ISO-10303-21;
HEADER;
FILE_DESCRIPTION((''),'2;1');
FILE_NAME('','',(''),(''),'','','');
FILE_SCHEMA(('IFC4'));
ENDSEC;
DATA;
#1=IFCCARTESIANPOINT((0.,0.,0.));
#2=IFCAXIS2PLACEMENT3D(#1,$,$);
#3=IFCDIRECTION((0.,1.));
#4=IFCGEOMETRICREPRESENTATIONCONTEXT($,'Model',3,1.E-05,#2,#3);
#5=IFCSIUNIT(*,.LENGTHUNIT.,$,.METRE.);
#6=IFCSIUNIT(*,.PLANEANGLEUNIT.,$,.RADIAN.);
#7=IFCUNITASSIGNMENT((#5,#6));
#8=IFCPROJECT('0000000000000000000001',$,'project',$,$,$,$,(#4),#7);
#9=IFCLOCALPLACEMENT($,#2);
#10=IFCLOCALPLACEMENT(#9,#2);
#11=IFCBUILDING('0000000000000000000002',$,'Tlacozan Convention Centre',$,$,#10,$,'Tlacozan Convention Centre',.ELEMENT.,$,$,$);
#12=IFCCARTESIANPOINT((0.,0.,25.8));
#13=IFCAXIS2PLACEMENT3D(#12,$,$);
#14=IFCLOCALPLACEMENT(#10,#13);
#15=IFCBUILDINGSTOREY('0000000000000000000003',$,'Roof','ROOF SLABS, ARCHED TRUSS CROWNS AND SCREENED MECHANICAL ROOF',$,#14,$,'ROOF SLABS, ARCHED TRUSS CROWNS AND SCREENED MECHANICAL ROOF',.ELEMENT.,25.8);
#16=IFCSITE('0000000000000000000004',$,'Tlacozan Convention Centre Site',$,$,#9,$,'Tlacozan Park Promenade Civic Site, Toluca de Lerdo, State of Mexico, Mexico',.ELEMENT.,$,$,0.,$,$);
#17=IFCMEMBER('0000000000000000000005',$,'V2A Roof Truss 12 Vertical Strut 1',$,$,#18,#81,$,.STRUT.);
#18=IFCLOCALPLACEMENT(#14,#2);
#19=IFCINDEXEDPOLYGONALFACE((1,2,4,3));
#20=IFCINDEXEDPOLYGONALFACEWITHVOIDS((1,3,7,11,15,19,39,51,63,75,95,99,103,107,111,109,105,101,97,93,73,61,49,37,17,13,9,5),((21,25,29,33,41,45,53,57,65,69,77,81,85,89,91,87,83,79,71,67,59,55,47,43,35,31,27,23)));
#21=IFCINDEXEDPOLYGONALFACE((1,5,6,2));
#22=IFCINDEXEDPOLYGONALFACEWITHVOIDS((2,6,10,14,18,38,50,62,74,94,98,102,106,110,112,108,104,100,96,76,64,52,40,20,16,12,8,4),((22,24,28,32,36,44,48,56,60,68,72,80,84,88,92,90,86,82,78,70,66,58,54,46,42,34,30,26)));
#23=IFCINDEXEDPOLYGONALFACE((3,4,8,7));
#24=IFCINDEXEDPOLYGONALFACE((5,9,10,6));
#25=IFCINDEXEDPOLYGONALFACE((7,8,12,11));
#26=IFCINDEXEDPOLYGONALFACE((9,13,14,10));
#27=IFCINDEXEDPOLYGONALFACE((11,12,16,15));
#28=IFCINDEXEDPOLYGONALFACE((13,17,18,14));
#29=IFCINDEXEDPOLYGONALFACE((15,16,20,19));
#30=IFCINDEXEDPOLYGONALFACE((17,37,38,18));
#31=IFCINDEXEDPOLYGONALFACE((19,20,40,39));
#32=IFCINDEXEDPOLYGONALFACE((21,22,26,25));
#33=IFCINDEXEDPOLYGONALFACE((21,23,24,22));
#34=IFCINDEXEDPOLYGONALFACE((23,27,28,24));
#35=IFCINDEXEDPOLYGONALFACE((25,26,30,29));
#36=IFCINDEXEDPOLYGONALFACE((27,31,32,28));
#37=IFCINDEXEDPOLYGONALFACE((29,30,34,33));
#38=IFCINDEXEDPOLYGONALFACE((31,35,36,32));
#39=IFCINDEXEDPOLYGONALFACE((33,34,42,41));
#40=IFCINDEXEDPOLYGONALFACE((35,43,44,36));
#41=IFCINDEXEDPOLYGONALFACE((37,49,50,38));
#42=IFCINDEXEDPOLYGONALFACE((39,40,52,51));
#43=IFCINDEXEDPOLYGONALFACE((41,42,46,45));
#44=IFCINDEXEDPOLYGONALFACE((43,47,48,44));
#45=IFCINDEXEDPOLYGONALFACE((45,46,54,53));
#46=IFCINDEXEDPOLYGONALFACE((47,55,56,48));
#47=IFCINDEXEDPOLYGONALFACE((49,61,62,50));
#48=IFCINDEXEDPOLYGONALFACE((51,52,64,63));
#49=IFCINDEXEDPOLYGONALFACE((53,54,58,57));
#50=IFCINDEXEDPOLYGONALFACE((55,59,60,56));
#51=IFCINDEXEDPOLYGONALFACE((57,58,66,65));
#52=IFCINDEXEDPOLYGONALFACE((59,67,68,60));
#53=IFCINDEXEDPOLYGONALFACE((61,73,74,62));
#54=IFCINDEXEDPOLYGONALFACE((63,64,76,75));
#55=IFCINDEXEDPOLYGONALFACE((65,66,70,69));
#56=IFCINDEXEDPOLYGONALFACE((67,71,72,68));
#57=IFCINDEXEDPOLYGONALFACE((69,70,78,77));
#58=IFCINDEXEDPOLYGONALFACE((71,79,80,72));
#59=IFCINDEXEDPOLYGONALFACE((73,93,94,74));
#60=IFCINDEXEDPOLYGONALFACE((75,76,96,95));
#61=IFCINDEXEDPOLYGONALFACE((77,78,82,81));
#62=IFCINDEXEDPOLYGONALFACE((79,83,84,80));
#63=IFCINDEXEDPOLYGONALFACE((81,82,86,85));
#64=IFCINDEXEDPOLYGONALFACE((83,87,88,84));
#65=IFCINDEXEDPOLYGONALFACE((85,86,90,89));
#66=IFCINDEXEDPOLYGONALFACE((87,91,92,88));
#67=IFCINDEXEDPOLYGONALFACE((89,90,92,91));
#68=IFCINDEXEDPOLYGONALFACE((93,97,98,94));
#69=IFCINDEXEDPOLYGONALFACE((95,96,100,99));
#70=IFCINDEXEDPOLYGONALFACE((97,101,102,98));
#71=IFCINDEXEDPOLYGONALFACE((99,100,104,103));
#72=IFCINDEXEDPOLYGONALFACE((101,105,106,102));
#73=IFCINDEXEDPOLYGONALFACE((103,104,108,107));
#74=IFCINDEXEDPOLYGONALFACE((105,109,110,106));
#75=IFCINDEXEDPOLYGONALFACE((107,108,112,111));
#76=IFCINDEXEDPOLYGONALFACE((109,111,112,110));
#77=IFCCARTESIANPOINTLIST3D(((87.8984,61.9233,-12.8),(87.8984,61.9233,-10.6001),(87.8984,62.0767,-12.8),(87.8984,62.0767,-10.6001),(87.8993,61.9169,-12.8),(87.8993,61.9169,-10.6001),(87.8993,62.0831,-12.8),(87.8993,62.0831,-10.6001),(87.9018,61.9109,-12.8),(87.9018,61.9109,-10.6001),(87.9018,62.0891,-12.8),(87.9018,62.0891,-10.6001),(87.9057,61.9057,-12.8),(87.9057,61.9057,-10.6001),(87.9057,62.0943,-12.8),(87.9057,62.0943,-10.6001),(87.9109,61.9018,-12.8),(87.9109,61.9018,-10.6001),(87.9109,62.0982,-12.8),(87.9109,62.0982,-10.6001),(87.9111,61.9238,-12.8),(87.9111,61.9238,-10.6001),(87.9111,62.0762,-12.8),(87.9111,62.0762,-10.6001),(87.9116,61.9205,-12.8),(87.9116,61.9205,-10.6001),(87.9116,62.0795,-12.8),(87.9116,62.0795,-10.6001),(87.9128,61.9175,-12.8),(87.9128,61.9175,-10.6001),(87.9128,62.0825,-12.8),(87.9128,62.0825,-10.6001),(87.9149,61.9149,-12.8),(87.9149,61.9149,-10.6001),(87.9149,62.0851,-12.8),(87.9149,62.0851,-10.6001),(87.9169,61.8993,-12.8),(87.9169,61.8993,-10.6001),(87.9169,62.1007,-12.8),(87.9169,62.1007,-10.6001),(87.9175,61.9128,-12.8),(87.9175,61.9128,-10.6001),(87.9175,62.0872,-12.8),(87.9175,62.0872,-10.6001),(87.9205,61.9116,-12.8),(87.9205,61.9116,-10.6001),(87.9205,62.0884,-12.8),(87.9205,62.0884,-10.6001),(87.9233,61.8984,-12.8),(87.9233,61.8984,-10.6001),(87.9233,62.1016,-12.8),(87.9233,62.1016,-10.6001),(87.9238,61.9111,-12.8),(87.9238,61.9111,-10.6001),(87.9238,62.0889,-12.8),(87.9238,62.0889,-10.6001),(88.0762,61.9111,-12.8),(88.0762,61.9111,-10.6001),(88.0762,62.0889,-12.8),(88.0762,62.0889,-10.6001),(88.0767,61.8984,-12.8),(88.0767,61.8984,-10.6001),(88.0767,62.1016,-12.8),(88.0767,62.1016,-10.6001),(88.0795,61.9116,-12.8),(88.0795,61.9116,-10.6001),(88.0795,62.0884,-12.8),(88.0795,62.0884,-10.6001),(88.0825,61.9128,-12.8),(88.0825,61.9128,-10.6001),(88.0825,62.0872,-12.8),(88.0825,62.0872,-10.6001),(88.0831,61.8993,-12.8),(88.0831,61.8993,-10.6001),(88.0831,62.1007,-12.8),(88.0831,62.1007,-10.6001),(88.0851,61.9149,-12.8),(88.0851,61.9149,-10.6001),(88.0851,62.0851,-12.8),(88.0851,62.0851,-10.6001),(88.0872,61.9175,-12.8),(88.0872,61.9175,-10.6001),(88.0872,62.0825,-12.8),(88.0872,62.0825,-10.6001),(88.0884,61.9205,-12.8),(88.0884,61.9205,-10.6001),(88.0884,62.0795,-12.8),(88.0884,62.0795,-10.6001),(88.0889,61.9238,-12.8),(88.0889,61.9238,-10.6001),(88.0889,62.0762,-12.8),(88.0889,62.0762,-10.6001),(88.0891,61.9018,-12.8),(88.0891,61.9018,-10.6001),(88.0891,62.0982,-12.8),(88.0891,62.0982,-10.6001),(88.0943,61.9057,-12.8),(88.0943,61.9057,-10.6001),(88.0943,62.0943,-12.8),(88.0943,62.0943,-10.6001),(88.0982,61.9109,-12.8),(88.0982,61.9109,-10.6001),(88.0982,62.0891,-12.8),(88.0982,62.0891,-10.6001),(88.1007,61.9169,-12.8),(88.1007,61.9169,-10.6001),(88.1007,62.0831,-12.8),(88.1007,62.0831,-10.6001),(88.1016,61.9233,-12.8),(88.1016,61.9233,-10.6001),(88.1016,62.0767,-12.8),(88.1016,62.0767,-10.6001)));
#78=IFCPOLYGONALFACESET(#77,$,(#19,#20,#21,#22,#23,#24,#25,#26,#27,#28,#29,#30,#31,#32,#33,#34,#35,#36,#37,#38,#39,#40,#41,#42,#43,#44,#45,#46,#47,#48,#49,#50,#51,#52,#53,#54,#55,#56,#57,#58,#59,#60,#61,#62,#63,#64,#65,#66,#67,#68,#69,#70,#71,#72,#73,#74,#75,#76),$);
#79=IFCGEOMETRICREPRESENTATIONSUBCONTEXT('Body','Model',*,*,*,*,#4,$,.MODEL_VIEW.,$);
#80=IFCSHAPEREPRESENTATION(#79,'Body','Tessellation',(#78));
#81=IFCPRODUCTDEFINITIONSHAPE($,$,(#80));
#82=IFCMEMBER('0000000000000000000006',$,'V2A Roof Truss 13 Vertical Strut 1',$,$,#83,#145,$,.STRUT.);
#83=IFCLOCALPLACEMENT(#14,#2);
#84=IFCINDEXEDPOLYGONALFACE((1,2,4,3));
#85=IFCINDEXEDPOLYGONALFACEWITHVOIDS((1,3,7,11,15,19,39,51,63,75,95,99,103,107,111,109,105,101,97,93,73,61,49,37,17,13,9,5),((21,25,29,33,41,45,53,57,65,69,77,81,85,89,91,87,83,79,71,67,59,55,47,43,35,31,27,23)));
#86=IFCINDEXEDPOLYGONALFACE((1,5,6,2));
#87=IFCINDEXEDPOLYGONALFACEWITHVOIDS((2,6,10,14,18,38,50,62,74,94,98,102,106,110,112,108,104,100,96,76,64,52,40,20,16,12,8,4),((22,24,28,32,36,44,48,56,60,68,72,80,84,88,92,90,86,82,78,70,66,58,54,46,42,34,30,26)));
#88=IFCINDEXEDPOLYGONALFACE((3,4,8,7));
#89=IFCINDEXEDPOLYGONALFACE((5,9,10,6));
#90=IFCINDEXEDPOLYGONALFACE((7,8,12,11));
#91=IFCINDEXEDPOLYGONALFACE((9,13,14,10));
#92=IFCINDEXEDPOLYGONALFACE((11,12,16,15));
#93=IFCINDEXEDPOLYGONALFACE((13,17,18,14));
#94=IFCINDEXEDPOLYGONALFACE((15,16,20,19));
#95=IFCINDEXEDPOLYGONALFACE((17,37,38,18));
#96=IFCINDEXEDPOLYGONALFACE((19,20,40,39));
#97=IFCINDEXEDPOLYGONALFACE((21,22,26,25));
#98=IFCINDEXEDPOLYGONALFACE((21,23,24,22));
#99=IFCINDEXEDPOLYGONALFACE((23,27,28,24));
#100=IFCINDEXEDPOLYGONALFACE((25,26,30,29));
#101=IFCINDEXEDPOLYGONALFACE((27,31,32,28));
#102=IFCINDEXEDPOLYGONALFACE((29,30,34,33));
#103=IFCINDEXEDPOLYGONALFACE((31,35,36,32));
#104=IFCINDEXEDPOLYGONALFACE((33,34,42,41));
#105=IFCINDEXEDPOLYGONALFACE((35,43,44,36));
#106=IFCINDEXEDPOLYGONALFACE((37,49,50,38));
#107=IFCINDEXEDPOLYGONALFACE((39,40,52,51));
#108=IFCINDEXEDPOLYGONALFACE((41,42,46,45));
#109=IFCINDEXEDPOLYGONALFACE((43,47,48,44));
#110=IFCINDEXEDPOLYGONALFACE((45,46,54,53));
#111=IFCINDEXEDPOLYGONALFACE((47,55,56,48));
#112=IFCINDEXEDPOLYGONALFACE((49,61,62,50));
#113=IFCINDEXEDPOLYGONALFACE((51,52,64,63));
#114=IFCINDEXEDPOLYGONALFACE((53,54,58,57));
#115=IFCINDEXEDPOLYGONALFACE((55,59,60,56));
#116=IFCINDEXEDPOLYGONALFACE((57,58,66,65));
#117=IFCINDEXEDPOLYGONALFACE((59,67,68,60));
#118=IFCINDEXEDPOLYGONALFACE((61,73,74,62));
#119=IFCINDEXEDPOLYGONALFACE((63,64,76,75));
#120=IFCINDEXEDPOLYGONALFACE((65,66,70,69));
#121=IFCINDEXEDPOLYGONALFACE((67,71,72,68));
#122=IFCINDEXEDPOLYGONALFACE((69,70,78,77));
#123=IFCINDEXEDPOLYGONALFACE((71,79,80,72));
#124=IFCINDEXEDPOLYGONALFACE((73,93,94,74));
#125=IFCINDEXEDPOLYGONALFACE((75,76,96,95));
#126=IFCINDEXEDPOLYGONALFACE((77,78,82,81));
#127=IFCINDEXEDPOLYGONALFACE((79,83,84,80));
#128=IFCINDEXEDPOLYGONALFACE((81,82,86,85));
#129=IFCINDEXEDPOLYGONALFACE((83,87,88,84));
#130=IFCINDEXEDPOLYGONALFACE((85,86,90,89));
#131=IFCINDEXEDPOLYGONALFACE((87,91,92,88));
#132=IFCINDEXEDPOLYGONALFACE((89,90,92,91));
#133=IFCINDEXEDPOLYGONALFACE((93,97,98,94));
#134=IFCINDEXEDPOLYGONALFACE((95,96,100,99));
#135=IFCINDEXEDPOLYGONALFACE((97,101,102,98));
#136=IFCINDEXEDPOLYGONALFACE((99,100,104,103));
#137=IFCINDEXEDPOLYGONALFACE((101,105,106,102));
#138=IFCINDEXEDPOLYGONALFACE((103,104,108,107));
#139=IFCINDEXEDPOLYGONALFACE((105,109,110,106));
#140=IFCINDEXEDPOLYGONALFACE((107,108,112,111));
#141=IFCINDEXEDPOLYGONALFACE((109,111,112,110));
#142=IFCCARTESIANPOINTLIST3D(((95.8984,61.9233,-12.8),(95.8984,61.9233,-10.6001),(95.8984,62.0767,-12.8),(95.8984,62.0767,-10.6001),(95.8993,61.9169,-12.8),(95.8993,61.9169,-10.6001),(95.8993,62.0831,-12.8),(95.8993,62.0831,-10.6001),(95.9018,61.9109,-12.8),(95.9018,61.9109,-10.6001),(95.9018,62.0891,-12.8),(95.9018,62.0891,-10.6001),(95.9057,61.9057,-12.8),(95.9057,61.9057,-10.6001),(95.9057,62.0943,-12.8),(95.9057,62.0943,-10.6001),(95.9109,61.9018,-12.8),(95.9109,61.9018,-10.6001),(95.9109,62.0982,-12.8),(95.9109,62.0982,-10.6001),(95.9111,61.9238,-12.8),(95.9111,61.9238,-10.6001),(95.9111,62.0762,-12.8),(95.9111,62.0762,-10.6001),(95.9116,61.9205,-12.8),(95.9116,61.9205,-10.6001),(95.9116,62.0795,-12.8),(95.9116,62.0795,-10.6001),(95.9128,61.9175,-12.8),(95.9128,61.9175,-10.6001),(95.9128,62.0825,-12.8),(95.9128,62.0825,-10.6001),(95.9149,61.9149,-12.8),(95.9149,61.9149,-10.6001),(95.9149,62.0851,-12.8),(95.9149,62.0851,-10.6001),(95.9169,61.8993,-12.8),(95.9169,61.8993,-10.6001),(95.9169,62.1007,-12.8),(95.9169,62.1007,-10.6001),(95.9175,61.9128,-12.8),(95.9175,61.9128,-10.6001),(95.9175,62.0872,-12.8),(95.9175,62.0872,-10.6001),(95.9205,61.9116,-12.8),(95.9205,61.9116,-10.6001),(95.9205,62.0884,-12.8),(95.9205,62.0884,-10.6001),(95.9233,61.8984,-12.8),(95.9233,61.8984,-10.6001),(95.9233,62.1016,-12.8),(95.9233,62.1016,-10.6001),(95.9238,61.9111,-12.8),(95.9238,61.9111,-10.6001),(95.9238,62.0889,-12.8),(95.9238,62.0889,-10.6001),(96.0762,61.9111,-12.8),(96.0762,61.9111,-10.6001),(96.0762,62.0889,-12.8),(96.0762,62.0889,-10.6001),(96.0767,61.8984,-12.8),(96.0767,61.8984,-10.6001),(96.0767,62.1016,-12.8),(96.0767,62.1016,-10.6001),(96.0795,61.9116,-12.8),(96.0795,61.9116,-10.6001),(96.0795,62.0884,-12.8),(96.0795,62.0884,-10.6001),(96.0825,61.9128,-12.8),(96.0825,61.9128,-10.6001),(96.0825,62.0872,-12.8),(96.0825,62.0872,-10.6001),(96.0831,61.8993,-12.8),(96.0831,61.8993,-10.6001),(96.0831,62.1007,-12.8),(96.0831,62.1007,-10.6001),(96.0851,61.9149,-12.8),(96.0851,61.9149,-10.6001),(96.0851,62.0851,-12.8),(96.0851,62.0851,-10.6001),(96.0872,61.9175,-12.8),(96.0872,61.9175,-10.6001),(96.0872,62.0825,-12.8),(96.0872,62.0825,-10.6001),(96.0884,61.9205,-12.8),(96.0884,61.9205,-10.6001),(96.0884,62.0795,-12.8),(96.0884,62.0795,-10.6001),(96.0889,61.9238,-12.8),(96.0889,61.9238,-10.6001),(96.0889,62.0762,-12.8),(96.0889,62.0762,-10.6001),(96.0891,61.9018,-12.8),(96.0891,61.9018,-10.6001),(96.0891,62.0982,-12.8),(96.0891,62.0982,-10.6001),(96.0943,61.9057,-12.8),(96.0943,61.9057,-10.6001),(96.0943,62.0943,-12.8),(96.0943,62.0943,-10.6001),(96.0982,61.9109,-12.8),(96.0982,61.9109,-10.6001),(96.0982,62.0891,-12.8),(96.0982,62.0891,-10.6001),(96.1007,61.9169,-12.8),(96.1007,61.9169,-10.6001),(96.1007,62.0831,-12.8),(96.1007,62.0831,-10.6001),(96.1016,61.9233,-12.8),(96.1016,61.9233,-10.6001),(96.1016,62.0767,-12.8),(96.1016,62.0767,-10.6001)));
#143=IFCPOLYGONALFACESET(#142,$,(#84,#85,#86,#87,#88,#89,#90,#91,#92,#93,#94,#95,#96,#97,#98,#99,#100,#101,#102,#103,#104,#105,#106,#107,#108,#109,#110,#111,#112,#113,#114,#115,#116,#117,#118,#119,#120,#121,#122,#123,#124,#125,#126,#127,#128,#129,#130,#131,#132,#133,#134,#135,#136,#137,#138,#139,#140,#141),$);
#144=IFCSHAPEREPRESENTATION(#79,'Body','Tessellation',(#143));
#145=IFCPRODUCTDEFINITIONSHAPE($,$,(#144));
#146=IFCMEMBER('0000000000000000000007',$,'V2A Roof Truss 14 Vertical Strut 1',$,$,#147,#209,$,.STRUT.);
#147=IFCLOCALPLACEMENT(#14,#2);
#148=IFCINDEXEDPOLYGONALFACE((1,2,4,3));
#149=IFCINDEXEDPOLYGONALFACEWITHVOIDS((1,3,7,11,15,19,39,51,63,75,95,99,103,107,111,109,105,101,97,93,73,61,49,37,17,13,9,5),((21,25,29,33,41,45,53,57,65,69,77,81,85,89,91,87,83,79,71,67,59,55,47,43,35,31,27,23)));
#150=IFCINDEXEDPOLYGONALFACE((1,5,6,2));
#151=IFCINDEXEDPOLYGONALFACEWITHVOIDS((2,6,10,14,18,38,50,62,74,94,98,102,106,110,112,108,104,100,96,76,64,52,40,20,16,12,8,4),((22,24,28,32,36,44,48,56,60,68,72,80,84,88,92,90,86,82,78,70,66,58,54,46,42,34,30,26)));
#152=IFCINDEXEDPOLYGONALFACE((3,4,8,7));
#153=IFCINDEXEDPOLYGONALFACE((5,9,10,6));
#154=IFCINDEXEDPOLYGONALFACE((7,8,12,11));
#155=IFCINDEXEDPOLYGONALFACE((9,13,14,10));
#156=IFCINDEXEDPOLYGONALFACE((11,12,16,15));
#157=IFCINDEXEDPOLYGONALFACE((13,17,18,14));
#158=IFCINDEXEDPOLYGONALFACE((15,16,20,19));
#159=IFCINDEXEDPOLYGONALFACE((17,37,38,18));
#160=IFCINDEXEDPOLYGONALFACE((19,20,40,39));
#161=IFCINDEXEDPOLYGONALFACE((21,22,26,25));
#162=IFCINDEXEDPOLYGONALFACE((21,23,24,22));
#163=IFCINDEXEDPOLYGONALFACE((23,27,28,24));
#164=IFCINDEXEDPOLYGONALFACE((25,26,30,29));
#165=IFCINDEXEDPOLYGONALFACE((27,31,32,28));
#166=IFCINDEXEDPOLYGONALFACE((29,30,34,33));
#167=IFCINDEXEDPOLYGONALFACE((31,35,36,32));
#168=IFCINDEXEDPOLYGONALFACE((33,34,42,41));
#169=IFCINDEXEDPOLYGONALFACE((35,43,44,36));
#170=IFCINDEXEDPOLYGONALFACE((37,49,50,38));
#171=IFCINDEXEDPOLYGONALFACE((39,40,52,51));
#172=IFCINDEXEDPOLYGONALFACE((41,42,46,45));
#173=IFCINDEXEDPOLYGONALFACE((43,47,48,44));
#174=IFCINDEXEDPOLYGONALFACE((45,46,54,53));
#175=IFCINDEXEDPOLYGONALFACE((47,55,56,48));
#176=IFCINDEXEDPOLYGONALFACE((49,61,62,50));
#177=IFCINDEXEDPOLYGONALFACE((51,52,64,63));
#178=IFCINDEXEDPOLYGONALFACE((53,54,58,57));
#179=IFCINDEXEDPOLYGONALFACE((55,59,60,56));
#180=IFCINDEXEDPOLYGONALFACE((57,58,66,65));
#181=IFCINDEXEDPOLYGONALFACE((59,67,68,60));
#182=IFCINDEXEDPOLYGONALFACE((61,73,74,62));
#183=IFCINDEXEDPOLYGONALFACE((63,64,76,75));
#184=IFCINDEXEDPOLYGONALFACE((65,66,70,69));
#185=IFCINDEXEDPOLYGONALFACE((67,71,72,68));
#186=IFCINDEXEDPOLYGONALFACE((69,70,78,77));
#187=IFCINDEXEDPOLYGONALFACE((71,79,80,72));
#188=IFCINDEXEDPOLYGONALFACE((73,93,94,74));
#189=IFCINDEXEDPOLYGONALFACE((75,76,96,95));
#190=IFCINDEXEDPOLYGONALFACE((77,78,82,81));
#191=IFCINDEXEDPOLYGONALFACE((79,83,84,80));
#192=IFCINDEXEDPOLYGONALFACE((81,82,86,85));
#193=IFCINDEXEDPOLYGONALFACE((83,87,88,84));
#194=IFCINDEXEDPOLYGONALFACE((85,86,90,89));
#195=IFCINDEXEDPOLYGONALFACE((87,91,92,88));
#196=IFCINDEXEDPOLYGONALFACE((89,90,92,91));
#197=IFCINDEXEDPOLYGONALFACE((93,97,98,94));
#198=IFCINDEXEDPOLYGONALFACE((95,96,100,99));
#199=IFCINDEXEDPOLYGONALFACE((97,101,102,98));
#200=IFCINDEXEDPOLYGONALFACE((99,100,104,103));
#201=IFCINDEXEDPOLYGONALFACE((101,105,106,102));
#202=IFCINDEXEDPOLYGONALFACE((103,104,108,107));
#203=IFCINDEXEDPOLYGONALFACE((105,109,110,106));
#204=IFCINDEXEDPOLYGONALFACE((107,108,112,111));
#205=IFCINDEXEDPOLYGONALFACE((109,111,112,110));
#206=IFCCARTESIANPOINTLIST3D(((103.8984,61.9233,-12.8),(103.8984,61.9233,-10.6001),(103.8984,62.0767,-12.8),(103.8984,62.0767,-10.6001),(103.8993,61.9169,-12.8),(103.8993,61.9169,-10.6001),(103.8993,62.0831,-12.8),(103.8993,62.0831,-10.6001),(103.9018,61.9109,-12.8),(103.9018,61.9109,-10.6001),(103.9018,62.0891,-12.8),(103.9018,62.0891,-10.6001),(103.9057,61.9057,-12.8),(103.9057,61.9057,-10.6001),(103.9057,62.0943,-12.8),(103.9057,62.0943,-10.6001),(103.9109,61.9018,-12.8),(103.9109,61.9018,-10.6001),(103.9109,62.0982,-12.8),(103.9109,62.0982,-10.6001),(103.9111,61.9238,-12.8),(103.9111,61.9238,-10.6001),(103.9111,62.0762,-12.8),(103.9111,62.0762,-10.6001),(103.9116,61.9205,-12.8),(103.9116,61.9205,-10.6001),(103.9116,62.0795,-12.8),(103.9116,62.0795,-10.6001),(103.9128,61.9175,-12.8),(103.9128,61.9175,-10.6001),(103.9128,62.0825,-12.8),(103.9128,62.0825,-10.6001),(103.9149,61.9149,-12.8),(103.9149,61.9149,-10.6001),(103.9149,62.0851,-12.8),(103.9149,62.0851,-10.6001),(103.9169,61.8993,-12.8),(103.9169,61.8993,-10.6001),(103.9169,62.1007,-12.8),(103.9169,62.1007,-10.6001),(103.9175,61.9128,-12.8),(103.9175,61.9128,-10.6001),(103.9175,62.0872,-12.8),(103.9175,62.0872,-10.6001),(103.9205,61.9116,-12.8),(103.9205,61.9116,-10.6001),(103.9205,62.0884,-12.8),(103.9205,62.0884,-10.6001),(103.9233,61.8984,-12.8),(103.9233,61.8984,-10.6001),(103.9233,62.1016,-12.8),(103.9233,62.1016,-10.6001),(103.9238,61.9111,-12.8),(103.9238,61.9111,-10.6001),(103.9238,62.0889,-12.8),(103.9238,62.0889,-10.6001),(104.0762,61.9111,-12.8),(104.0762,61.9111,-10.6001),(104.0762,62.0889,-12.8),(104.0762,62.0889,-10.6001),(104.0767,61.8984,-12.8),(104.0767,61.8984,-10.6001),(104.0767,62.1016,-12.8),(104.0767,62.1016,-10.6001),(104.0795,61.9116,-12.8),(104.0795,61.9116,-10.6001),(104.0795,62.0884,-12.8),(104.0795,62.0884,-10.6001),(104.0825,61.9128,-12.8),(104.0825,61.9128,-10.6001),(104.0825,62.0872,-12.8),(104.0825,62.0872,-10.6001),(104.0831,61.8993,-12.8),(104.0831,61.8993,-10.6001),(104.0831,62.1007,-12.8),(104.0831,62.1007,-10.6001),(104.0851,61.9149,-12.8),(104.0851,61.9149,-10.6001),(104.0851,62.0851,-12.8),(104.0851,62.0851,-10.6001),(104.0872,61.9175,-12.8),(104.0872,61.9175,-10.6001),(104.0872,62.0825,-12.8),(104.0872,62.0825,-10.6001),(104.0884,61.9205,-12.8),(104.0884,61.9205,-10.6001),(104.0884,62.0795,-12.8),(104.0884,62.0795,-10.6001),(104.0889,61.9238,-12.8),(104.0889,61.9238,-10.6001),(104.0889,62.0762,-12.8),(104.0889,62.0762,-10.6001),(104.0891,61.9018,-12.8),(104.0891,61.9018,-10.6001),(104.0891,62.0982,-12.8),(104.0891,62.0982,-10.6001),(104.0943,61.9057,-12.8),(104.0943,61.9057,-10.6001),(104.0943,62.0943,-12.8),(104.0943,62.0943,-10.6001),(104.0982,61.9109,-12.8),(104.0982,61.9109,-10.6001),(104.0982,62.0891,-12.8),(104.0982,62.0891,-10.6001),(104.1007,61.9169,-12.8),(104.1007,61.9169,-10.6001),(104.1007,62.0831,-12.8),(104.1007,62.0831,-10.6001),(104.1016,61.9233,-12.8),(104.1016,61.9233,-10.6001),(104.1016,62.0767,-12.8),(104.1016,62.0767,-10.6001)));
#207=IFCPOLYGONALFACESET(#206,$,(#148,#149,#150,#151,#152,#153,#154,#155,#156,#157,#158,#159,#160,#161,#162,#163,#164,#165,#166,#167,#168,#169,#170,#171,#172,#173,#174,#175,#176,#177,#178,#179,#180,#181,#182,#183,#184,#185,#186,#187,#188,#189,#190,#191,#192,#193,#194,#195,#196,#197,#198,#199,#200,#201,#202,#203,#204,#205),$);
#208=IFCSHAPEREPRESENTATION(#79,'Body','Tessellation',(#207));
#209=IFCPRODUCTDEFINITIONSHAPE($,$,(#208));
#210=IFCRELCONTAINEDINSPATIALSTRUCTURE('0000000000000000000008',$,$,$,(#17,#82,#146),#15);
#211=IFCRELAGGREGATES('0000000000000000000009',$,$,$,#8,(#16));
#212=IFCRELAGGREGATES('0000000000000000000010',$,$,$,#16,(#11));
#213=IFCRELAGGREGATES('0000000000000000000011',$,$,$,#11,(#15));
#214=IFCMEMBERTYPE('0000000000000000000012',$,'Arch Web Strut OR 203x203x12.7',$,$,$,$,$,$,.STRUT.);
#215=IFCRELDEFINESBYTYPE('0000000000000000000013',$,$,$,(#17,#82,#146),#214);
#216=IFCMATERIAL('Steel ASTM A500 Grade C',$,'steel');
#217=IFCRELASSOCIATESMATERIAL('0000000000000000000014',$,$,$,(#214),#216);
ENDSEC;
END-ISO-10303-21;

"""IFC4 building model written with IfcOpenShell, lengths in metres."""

from ifc_helpers import new_model, si_unit, direction, frame, origin, origin_2d, place, context, subcontext, project, spatial, hollow_rectangle, extrude, material, material_profile, profile_set, type_object, element, save


model = new_model("IFC4")

# Units and contexts
model_context = context("Model", 3, precision=1e-05, world=origin(), true_north=direction((0.0, 1.0)))
body_context = subcontext(model_context, "Body", "Model", "MODEL_VIEW")
ifc_project = project(units=[si_unit("LENGTHUNIT", "METRE"), si_unit("PLANEANGLEUNIT", "RADIAN")], contexts=[model_context])

# Site, building, storey
site_placement = place(None, origin())
site = spatial("IfcSite", under=ifc_project, at=site_placement, Name="Tlacozan Convention Centre Site", LongName="Tlacozan Park Promenade Civic Site, Toluca de Lerdo, State of Mexico, Mexico", CompositionType="ELEMENT", RefElevation=0.0)
building_placement = place(site_placement, origin())
building = spatial("IfcBuilding", under=site, at=building_placement, Name="Tlacozan Convention Centre", LongName="Tlacozan Convention Centre", CompositionType="ELEMENT")
storey_placement = place(building_placement, frame((0.0, 0.0, 25.8)))
storey = spatial("IfcBuildingStorey", under=building, at=storey_placement, Name="Roof", Description="ROOF SLABS, ARCHED TRUSS CROWNS AND SCREENED MECHANICAL ROOF", LongName="ROOF SLABS, ARCHED TRUSS CROWNS AND SCREENED MECHANICAL ROOF", CompositionType="ELEMENT", Elevation=25.8)

# Members
ifc_material_1 = material(Name="Steel ASTM A500 Grade C", Category="steel")
ifc_material_profile_1 = material_profile(ifc_material_1, hollow_rectangle(XDim=0.2031, YDim=0.2031, WallThickness=0.0127, InnerFilletRadius=0.0127, OuterFilletRadius=0.0249, at=origin_2d()), Name="OR 203x203x12.7")
ifc_profile_set_1 = profile_set([ifc_material_profile_1], Name="Steel ASTM A500 Grade C")
member_type_1 = type_object("IfcMemberType", Name="Arch Web Strut OR 203x203x12.7", PredefinedType="STRUT", material=ifc_profile_set_1)
for number, where, z_axis, x_axis, name in (
    (1, (88.0, 62.0, -12.8), (0.0, 0.0, 1.0), (1.0, 0.0, 0.0), "V2A Roof Truss 12 Vertical Strut 1"),
    (2, (96.0, 62.0, -12.8), (0.0, 0.0, 1.0), (1.0, 0.0, 0.0), "V2A Roof Truss 13 Vertical Strut 1"),
    (3, (104.0, 62.0, -12.8), (0.0, 0.0, 1.0), (1.0, 0.0, 0.0), "V2A Roof Truss 14 Vertical Strut 1"),
):
    element("IfcMember", number, at=place(storey_placement, frame(where, z_axis=z_axis, x_axis=x_axis)), inside=storey, type_object=member_type_1, Name=name, PredefinedType="STRUT", context=body_context, shape_type="SweptSolid", body=[
        extrude(hollow_rectangle(XDim=0.2031, YDim=0.2031, WallThickness=0.0127, InnerFilletRadius=0.0127, OuterFilletRadius=0.0249, at=origin_2d()), origin(), (0.0, 0.0, 1.0), 2.2),
    ])

save(model, "model.ifc")
